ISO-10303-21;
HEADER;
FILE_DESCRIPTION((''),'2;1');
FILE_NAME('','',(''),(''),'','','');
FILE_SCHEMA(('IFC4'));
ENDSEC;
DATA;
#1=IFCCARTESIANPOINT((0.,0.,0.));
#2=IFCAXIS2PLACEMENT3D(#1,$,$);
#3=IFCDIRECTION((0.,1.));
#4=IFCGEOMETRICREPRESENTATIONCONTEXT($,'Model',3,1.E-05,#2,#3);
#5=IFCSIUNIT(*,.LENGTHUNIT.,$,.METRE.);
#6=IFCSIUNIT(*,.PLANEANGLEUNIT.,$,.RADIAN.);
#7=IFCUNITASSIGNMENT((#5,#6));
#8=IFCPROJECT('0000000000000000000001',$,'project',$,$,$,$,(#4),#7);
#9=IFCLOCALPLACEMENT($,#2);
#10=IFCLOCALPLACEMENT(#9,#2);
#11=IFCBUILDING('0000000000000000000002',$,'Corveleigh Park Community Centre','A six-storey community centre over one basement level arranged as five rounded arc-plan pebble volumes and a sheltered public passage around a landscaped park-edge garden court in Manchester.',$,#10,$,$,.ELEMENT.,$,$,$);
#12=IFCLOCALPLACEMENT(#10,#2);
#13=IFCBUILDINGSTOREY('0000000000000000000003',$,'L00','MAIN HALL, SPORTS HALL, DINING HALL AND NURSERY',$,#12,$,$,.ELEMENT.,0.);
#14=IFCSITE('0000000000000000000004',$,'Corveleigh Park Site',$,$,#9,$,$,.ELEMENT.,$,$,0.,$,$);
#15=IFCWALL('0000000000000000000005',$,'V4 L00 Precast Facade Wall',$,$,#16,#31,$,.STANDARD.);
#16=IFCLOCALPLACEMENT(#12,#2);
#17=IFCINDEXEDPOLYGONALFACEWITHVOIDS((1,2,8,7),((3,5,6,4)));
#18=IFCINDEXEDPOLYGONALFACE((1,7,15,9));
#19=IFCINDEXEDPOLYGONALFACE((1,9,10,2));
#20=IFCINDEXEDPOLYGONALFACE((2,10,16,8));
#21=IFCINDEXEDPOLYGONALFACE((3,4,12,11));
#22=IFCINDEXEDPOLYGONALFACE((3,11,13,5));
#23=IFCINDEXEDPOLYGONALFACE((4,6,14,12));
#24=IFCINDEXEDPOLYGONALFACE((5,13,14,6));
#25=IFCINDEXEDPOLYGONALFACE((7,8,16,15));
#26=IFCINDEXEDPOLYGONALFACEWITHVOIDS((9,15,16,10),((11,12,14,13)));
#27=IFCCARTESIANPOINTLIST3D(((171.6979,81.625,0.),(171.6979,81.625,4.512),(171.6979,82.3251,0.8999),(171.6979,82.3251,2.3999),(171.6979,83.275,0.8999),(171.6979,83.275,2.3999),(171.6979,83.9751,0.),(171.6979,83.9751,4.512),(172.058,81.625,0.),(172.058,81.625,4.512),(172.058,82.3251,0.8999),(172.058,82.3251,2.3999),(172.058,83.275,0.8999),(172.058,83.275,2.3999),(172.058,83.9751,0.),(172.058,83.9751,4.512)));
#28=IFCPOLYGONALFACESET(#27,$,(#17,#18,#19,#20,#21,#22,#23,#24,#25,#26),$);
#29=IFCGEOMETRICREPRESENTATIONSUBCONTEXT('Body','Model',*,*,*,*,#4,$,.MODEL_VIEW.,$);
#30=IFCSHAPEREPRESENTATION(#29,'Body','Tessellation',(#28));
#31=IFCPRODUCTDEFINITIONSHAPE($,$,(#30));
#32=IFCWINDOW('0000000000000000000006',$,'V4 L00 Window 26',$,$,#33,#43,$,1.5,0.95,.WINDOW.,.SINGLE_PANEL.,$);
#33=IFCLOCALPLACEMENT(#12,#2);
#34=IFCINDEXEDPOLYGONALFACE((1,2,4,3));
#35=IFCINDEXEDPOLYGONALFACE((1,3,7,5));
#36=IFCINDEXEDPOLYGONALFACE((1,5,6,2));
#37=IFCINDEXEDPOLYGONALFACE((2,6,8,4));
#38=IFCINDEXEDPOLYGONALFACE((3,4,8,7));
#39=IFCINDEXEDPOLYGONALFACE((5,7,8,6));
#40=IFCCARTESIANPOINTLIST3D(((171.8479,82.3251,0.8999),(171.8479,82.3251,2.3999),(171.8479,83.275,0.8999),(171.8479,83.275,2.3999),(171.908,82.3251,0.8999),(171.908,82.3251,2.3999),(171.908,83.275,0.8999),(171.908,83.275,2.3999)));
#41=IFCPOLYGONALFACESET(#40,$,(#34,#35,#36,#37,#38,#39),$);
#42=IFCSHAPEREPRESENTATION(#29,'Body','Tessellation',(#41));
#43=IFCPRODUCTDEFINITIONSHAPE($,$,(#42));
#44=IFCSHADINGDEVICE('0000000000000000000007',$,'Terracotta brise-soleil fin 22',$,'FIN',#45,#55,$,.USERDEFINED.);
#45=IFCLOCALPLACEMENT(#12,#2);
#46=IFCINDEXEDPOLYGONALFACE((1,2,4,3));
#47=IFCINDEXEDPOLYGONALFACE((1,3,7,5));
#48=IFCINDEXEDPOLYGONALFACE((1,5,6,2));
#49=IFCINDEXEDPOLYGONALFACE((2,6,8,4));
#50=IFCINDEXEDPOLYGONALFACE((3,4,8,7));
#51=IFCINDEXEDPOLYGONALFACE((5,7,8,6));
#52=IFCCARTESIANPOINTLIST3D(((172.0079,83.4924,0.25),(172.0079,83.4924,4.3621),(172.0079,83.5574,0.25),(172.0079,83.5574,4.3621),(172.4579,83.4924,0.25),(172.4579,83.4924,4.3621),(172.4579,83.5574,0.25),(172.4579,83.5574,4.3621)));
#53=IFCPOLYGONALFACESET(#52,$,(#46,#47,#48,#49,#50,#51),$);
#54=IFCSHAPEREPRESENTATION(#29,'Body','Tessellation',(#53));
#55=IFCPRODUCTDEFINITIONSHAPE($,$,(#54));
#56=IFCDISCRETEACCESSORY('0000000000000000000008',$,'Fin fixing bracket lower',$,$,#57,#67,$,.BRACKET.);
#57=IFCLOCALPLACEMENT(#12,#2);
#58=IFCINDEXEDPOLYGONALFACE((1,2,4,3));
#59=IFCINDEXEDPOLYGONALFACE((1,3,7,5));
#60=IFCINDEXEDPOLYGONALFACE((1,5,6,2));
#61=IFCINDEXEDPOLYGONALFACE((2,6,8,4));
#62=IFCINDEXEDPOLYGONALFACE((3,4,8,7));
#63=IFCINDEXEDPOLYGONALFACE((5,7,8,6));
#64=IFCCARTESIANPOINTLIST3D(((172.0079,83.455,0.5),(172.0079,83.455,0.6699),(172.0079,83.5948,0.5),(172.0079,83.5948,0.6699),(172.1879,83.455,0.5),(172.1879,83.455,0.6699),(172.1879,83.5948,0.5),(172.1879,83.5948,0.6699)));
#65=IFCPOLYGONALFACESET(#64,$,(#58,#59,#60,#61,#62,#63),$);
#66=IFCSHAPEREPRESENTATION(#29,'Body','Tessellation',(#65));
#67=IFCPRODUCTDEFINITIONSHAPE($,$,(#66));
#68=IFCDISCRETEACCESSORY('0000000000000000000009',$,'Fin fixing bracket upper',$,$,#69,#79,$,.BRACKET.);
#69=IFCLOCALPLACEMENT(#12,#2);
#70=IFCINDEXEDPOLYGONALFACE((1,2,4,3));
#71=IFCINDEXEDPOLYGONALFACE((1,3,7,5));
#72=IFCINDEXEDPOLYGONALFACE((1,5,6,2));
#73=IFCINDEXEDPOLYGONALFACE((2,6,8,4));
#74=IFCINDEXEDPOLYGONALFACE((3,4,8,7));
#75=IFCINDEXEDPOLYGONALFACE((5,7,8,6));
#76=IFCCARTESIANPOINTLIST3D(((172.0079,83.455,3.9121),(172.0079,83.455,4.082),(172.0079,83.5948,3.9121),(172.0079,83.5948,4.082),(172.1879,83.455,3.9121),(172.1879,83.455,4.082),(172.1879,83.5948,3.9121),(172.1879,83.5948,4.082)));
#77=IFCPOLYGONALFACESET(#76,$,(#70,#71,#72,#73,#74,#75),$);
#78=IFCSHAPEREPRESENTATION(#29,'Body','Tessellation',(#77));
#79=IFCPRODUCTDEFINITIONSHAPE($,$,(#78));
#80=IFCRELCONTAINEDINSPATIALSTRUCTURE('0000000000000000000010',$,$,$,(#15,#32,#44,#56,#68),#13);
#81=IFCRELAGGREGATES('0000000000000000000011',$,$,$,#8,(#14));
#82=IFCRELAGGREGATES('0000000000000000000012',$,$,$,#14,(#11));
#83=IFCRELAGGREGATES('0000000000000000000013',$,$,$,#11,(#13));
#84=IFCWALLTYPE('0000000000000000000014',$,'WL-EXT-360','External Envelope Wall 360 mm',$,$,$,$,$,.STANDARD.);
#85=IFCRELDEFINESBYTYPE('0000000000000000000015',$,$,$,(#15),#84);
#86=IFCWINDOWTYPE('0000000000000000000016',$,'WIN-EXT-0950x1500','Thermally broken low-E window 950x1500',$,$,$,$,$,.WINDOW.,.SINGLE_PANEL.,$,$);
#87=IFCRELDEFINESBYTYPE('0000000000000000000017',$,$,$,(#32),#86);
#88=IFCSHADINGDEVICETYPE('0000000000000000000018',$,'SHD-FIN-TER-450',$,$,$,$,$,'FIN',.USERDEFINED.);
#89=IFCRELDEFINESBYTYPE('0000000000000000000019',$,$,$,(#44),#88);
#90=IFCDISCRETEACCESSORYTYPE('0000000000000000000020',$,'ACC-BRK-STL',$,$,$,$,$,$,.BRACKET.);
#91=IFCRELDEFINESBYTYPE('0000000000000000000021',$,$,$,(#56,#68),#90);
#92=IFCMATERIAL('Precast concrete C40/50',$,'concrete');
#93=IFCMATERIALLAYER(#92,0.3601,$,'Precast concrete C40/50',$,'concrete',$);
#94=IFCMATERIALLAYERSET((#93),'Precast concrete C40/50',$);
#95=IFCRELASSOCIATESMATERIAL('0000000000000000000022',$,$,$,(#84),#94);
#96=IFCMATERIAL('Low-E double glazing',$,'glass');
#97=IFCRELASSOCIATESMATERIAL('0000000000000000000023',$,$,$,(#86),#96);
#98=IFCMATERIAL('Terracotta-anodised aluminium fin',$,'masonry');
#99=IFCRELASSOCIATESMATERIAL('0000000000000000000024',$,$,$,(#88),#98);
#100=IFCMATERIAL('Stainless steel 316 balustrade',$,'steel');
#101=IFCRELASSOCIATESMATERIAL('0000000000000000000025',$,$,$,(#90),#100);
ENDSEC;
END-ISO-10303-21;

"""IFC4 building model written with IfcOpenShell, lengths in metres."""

from ifc_helpers import new_model, si_unit, direction, frame, frame_2d, origin, origin_2d, place, context, subcontext, project, spatial, rectangle, extrude, material, layer, layer_set, type_object, element, fill, save


model = new_model("IFC4")

# Units and contexts
model_context = context("Model", 3, precision=1e-05, world=origin(), true_north=direction((0.0, 1.0)))
body_context = subcontext(model_context, "Body", "Model", "MODEL_VIEW")
ifc_project = project(units=[si_unit("LENGTHUNIT", "METRE"), si_unit("PLANEANGLEUNIT", "RADIAN")], contexts=[model_context])

# Site, building, storey
site_placement = place(None, origin())
site = spatial("IfcSite", under=ifc_project, at=site_placement, Name="Corveleigh Park Site", CompositionType="ELEMENT", RefElevation=0.0)
building_placement = place(site_placement, origin())
building = spatial("IfcBuilding", under=site, at=building_placement, Name="Corveleigh Park Community Centre", Description="A six-storey community centre over one basement level arranged as five rounded arc-plan pebble volumes and a sheltered public passage around a landscaped park-edge garden court in Manchester.", CompositionType="ELEMENT")
storey_placement = place(building_placement, origin())
storey = spatial("IfcBuildingStorey", under=building, at=storey_placement, Name="L00", Description="MAIN HALL, SPORTS HALL, DINING HALL AND NURSERY", CompositionType="ELEMENT", Elevation=0.0)

# Shared definitions
ifc_material_1 = material(Name="Low-E double glazing", Category="glass")

# Wall, opening, window
ifc_material_2 = material(Name="Precast concrete C40/50", Category="concrete")
ifc_layer_1 = layer(ifc_material_2, 0.3601, Name="Precast concrete C40/50", Category="concrete")
ifc_layer_set_1 = layer_set([ifc_layer_1], Name="Precast concrete C40/50")
wall_type = type_object("IfcWallType", Name="WL-EXT-360", Description="External Envelope Wall 360 mm", PredefinedType="STANDARD", material=ifc_layer_set_1)
wall_placement = place(storey_placement, frame((171.8779, 83.9751, 0.0), z_axis=(0.0, 0.0, 1.0), x_axis=(0.0, -1.0, 0.0)))
wall = element("IfcWall", 1, at=wall_placement, inside=storey, type_object=wall_type, Name="V4 L00 Precast Facade Wall", PredefinedType="STANDARD", context=body_context, shape_type="SweptSolid", body=[
    extrude(rectangle(XDim=2.3501, YDim=0.3601, at=frame_2d((1.175, 0.0))), origin(), (0.0, 0.0, 1.0), 4.512),
])
opening_placement = place(wall_placement, frame((0.7, 0.0, 0.8999)))
opening = element("IfcOpeningElement", 2, at=opening_placement, cuts=wall, PredefinedType="OPENING", context=body_context, shape_type="SweptSolid", body=[
    extrude(rectangle(XDim=0.95, YDim=1.5, at=frame_2d((0.4751, 0.75))), frame((0.0, 0.1899, 0.0), z_axis=(0.0, -1.0, 0.0), x_axis=(1.0, 0.0, 0.0)), (0.0, 0.0, 1.0), 0.3801),
])
window_type = type_object("IfcWindowType", Name="WIN-EXT-0950x1500", Description="Thermally broken low-E window 950x1500", PartitioningType="SINGLE_PANEL", PredefinedType="WINDOW", material=ifc_material_1)
window_placement = place(opening_placement, origin())
window = element("IfcWindow", 3, at=window_placement, inside=storey, type_object=window_type, Name="V4 L00 Window 26", OverallHeight=1.5, OverallWidth=0.95, PartitioningType="SINGLE_PANEL", PredefinedType="WINDOW", context=body_context, shape_type="SweptSolid", body=[
    extrude(rectangle(XDim=0.95, YDim=1.5, at=frame_2d((0.4751, 0.75))), frame((0.0, 0.03, 0.0), z_axis=(0.0, -1.0, 0.0), x_axis=(1.0, 0.0, 0.0)), (0.0, 0.0, 1.0), 0.0601),
])
fill(opening, window)

# Shading device
ifc_material_3 = material(Name="Terracotta-anodised aluminium fin", Category="masonry")
shading_device_type = type_object("IfcShadingDeviceType", Name="SHD-FIN-TER-450", ElementType="FIN", PredefinedType="USERDEFINED", material=ifc_material_3)
shading_device_placement = place(storey_placement, frame((172.2329, 83.5249, 0.25), z_axis=(0.0, 0.0, 1.0), x_axis=(1.0, 0.0, 0.0)))
element("IfcShadingDevice", 4, at=shading_device_placement, inside=storey, type_object=shading_device_type, Name="Terracotta brise-soleil fin 22", ObjectType="FIN", PredefinedType="USERDEFINED", context=body_context, shape_type="SweptSolid", body=[
    extrude(rectangle(XDim=0.45, YDim=0.0649, at=origin_2d()), origin(), (0.0, 0.0, 1.0), 4.1121),
])

# Discrete accessories
ifc_material_4 = material(Name="Stainless steel 316 balustrade", Category="steel")
discrete_accessory_type = type_object("IfcDiscreteAccessoryType", Name="ACC-BRK-STL", PredefinedType="BRACKET", material=ifc_material_4)
for number, where, z_axis, x_axis, name in (
    (5, (172.0979, 83.5249, 0.5), (0.0, 0.0, 1.0), (1.0, 0.0, 0.0), "Fin fixing bracket lower"),
    (6, (172.0979, 83.5249, 3.9121), (0.0, 0.0, 1.0), (1.0, 0.0, 0.0), "Fin fixing bracket upper"),
):
    element("IfcDiscreteAccessory", number, at=place(storey_placement, frame(where, z_axis=z_axis, x_axis=x_axis)), inside=storey, type_object=discrete_accessory_type, Name=name, PredefinedType="BRACKET", context=body_context, shape_type="SweptSolid", body=[
        extrude(rectangle(XDim=0.1799, YDim=0.1399, at=origin_2d()), origin(), (0.0, 0.0, 1.0), 0.1699),
    ])

save(model, "model.ifc")
